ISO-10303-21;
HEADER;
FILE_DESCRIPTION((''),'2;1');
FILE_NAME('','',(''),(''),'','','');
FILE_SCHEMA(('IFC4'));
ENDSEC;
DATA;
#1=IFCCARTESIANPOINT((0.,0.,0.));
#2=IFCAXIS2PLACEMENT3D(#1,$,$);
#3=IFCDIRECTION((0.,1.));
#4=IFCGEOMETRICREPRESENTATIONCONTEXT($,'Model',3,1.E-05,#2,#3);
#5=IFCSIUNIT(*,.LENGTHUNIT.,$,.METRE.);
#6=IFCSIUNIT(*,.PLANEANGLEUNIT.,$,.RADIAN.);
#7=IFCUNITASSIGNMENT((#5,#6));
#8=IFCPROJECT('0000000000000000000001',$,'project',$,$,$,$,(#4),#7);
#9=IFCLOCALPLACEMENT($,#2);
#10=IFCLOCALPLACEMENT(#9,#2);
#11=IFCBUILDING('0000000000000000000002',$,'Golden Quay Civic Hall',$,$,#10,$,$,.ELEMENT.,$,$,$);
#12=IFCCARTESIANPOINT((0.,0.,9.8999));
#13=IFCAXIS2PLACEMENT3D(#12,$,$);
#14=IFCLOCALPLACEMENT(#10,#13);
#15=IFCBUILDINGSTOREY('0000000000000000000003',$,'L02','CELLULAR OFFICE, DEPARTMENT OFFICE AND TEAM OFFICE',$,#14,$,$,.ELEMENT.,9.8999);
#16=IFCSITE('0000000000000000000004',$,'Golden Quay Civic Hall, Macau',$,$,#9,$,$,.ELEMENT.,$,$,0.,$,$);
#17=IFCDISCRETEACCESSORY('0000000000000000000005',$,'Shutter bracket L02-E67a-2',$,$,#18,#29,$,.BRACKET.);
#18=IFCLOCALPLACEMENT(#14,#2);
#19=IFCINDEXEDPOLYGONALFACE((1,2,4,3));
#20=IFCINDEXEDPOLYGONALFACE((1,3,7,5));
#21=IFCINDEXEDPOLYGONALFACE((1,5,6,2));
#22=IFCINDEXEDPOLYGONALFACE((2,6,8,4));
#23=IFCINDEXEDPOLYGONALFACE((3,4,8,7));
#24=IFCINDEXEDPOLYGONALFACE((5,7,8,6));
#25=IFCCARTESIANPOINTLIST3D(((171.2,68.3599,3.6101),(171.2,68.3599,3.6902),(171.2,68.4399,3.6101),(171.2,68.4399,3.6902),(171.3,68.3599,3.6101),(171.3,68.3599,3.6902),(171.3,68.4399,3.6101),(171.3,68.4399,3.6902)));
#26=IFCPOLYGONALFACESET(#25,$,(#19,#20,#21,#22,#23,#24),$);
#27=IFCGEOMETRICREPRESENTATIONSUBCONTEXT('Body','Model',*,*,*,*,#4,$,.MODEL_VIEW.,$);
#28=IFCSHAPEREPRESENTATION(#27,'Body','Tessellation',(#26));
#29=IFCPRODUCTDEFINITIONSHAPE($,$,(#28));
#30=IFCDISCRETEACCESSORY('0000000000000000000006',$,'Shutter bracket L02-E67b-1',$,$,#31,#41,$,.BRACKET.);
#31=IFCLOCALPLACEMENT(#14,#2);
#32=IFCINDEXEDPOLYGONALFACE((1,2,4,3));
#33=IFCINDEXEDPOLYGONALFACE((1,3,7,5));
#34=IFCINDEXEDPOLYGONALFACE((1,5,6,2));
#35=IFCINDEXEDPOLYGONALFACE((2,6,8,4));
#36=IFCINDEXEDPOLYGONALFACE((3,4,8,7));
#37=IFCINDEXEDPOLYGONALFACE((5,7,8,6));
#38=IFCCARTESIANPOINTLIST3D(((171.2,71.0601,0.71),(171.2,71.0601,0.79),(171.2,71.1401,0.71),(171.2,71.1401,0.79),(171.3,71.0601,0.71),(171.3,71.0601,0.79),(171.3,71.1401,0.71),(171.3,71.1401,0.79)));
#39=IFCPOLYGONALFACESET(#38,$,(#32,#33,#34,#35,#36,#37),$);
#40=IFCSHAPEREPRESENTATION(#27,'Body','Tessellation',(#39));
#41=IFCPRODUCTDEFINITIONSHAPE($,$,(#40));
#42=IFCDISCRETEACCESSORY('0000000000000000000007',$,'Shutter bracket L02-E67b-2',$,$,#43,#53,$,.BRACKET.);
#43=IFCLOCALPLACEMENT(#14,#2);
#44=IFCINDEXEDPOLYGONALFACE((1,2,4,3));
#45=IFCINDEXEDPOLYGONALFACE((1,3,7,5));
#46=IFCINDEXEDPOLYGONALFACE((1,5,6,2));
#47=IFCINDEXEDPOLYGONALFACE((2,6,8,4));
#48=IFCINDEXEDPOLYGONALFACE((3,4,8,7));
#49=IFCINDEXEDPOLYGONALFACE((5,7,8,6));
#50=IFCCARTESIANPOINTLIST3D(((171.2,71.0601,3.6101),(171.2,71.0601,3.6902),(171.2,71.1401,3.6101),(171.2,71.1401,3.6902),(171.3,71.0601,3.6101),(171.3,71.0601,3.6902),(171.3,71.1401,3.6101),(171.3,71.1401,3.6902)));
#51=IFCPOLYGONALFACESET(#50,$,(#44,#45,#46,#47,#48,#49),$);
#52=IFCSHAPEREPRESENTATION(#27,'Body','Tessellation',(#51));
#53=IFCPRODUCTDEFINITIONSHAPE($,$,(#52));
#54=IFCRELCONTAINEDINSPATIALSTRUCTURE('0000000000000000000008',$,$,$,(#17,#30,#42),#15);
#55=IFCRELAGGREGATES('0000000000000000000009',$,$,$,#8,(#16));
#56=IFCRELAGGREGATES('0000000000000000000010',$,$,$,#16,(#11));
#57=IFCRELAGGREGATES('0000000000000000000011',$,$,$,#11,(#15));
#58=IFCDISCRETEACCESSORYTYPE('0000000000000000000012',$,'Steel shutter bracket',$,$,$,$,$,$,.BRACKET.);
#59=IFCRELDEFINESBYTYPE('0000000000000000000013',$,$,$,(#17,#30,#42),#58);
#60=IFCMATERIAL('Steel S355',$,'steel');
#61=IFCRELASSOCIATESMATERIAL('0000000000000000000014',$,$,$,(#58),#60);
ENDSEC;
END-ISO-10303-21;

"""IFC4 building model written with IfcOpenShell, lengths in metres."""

from ifc_helpers import new_model, si_unit, direction, frame, origin, origin_2d, place, context, subcontext, project, spatial, rectangle, extrude, material, type_object, element, save


model = new_model("IFC4")

# Units and contexts
model_context = context("Model", 3, precision=1e-05, world=origin(), true_north=direction((0.0, 1.0)))
body_context = subcontext(model_context, "Body", "Model", "MODEL_VIEW")
ifc_project = project(units=[si_unit("LENGTHUNIT", "METRE"), si_unit("PLANEANGLEUNIT", "RADIAN")], contexts=[model_context])

# Site, building, storey
site_placement = place(None, origin())
site = spatial("IfcSite", under=ifc_project, at=site_placement, Name="Golden Quay Civic Hall, Macau", CompositionType="ELEMENT", RefElevation=0.0)
building_placement = place(site_placement, origin())
building = spatial("IfcBuilding", under=site, at=building_placement, Name="Golden Quay Civic Hall", CompositionType="ELEMENT")
storey_placement = place(building_placement, frame((0.0, 0.0, 9.8999)))
storey = spatial("IfcBuildingStorey", under=building, at=storey_placement, Name="L02", Description="CELLULAR OFFICE, DEPARTMENT OFFICE AND TEAM OFFICE", CompositionType="ELEMENT", Elevation=9.8999)

# Discrete accessories
ifc_material_1 = material(Name="Steel S355", Category="steel")
discrete_accessory_type = type_object("IfcDiscreteAccessoryType", Name="Steel shutter bracket", PredefinedType="BRACKET", material=ifc_material_1)
for number, where, z_axis, x_axis, name in (
    (1, (171.25, 68.3999, 3.6101), (0.0, 0.0, 1.0), (1.0, 0.0, 0.0), "Shutter bracket L02-E67a-2"),
    (2, (171.25, 71.1001, 0.71), (0.0, 0.0, 1.0), (1.0, 0.0, 0.0), "Shutter bracket L02-E67b-1"),
    (3, (171.25, 71.1001, 3.6101), (0.0, 0.0, 1.0), (1.0, 0.0, 0.0), "Shutter bracket L02-E67b-2"),
):
    element("IfcDiscreteAccessory", number, at=place(storey_placement, frame(where, z_axis=z_axis, x_axis=x_axis)), inside=storey, type_object=discrete_accessory_type, Name=name, PredefinedType="BRACKET", context=body_context, shape_type="SweptSolid", body=[
        extrude(rectangle(XDim=0.1001, YDim=0.0801, at=origin_2d()), origin(), (0.0, 0.0, 1.0), 0.0801),
    ])

save(model, "model.ifc")
